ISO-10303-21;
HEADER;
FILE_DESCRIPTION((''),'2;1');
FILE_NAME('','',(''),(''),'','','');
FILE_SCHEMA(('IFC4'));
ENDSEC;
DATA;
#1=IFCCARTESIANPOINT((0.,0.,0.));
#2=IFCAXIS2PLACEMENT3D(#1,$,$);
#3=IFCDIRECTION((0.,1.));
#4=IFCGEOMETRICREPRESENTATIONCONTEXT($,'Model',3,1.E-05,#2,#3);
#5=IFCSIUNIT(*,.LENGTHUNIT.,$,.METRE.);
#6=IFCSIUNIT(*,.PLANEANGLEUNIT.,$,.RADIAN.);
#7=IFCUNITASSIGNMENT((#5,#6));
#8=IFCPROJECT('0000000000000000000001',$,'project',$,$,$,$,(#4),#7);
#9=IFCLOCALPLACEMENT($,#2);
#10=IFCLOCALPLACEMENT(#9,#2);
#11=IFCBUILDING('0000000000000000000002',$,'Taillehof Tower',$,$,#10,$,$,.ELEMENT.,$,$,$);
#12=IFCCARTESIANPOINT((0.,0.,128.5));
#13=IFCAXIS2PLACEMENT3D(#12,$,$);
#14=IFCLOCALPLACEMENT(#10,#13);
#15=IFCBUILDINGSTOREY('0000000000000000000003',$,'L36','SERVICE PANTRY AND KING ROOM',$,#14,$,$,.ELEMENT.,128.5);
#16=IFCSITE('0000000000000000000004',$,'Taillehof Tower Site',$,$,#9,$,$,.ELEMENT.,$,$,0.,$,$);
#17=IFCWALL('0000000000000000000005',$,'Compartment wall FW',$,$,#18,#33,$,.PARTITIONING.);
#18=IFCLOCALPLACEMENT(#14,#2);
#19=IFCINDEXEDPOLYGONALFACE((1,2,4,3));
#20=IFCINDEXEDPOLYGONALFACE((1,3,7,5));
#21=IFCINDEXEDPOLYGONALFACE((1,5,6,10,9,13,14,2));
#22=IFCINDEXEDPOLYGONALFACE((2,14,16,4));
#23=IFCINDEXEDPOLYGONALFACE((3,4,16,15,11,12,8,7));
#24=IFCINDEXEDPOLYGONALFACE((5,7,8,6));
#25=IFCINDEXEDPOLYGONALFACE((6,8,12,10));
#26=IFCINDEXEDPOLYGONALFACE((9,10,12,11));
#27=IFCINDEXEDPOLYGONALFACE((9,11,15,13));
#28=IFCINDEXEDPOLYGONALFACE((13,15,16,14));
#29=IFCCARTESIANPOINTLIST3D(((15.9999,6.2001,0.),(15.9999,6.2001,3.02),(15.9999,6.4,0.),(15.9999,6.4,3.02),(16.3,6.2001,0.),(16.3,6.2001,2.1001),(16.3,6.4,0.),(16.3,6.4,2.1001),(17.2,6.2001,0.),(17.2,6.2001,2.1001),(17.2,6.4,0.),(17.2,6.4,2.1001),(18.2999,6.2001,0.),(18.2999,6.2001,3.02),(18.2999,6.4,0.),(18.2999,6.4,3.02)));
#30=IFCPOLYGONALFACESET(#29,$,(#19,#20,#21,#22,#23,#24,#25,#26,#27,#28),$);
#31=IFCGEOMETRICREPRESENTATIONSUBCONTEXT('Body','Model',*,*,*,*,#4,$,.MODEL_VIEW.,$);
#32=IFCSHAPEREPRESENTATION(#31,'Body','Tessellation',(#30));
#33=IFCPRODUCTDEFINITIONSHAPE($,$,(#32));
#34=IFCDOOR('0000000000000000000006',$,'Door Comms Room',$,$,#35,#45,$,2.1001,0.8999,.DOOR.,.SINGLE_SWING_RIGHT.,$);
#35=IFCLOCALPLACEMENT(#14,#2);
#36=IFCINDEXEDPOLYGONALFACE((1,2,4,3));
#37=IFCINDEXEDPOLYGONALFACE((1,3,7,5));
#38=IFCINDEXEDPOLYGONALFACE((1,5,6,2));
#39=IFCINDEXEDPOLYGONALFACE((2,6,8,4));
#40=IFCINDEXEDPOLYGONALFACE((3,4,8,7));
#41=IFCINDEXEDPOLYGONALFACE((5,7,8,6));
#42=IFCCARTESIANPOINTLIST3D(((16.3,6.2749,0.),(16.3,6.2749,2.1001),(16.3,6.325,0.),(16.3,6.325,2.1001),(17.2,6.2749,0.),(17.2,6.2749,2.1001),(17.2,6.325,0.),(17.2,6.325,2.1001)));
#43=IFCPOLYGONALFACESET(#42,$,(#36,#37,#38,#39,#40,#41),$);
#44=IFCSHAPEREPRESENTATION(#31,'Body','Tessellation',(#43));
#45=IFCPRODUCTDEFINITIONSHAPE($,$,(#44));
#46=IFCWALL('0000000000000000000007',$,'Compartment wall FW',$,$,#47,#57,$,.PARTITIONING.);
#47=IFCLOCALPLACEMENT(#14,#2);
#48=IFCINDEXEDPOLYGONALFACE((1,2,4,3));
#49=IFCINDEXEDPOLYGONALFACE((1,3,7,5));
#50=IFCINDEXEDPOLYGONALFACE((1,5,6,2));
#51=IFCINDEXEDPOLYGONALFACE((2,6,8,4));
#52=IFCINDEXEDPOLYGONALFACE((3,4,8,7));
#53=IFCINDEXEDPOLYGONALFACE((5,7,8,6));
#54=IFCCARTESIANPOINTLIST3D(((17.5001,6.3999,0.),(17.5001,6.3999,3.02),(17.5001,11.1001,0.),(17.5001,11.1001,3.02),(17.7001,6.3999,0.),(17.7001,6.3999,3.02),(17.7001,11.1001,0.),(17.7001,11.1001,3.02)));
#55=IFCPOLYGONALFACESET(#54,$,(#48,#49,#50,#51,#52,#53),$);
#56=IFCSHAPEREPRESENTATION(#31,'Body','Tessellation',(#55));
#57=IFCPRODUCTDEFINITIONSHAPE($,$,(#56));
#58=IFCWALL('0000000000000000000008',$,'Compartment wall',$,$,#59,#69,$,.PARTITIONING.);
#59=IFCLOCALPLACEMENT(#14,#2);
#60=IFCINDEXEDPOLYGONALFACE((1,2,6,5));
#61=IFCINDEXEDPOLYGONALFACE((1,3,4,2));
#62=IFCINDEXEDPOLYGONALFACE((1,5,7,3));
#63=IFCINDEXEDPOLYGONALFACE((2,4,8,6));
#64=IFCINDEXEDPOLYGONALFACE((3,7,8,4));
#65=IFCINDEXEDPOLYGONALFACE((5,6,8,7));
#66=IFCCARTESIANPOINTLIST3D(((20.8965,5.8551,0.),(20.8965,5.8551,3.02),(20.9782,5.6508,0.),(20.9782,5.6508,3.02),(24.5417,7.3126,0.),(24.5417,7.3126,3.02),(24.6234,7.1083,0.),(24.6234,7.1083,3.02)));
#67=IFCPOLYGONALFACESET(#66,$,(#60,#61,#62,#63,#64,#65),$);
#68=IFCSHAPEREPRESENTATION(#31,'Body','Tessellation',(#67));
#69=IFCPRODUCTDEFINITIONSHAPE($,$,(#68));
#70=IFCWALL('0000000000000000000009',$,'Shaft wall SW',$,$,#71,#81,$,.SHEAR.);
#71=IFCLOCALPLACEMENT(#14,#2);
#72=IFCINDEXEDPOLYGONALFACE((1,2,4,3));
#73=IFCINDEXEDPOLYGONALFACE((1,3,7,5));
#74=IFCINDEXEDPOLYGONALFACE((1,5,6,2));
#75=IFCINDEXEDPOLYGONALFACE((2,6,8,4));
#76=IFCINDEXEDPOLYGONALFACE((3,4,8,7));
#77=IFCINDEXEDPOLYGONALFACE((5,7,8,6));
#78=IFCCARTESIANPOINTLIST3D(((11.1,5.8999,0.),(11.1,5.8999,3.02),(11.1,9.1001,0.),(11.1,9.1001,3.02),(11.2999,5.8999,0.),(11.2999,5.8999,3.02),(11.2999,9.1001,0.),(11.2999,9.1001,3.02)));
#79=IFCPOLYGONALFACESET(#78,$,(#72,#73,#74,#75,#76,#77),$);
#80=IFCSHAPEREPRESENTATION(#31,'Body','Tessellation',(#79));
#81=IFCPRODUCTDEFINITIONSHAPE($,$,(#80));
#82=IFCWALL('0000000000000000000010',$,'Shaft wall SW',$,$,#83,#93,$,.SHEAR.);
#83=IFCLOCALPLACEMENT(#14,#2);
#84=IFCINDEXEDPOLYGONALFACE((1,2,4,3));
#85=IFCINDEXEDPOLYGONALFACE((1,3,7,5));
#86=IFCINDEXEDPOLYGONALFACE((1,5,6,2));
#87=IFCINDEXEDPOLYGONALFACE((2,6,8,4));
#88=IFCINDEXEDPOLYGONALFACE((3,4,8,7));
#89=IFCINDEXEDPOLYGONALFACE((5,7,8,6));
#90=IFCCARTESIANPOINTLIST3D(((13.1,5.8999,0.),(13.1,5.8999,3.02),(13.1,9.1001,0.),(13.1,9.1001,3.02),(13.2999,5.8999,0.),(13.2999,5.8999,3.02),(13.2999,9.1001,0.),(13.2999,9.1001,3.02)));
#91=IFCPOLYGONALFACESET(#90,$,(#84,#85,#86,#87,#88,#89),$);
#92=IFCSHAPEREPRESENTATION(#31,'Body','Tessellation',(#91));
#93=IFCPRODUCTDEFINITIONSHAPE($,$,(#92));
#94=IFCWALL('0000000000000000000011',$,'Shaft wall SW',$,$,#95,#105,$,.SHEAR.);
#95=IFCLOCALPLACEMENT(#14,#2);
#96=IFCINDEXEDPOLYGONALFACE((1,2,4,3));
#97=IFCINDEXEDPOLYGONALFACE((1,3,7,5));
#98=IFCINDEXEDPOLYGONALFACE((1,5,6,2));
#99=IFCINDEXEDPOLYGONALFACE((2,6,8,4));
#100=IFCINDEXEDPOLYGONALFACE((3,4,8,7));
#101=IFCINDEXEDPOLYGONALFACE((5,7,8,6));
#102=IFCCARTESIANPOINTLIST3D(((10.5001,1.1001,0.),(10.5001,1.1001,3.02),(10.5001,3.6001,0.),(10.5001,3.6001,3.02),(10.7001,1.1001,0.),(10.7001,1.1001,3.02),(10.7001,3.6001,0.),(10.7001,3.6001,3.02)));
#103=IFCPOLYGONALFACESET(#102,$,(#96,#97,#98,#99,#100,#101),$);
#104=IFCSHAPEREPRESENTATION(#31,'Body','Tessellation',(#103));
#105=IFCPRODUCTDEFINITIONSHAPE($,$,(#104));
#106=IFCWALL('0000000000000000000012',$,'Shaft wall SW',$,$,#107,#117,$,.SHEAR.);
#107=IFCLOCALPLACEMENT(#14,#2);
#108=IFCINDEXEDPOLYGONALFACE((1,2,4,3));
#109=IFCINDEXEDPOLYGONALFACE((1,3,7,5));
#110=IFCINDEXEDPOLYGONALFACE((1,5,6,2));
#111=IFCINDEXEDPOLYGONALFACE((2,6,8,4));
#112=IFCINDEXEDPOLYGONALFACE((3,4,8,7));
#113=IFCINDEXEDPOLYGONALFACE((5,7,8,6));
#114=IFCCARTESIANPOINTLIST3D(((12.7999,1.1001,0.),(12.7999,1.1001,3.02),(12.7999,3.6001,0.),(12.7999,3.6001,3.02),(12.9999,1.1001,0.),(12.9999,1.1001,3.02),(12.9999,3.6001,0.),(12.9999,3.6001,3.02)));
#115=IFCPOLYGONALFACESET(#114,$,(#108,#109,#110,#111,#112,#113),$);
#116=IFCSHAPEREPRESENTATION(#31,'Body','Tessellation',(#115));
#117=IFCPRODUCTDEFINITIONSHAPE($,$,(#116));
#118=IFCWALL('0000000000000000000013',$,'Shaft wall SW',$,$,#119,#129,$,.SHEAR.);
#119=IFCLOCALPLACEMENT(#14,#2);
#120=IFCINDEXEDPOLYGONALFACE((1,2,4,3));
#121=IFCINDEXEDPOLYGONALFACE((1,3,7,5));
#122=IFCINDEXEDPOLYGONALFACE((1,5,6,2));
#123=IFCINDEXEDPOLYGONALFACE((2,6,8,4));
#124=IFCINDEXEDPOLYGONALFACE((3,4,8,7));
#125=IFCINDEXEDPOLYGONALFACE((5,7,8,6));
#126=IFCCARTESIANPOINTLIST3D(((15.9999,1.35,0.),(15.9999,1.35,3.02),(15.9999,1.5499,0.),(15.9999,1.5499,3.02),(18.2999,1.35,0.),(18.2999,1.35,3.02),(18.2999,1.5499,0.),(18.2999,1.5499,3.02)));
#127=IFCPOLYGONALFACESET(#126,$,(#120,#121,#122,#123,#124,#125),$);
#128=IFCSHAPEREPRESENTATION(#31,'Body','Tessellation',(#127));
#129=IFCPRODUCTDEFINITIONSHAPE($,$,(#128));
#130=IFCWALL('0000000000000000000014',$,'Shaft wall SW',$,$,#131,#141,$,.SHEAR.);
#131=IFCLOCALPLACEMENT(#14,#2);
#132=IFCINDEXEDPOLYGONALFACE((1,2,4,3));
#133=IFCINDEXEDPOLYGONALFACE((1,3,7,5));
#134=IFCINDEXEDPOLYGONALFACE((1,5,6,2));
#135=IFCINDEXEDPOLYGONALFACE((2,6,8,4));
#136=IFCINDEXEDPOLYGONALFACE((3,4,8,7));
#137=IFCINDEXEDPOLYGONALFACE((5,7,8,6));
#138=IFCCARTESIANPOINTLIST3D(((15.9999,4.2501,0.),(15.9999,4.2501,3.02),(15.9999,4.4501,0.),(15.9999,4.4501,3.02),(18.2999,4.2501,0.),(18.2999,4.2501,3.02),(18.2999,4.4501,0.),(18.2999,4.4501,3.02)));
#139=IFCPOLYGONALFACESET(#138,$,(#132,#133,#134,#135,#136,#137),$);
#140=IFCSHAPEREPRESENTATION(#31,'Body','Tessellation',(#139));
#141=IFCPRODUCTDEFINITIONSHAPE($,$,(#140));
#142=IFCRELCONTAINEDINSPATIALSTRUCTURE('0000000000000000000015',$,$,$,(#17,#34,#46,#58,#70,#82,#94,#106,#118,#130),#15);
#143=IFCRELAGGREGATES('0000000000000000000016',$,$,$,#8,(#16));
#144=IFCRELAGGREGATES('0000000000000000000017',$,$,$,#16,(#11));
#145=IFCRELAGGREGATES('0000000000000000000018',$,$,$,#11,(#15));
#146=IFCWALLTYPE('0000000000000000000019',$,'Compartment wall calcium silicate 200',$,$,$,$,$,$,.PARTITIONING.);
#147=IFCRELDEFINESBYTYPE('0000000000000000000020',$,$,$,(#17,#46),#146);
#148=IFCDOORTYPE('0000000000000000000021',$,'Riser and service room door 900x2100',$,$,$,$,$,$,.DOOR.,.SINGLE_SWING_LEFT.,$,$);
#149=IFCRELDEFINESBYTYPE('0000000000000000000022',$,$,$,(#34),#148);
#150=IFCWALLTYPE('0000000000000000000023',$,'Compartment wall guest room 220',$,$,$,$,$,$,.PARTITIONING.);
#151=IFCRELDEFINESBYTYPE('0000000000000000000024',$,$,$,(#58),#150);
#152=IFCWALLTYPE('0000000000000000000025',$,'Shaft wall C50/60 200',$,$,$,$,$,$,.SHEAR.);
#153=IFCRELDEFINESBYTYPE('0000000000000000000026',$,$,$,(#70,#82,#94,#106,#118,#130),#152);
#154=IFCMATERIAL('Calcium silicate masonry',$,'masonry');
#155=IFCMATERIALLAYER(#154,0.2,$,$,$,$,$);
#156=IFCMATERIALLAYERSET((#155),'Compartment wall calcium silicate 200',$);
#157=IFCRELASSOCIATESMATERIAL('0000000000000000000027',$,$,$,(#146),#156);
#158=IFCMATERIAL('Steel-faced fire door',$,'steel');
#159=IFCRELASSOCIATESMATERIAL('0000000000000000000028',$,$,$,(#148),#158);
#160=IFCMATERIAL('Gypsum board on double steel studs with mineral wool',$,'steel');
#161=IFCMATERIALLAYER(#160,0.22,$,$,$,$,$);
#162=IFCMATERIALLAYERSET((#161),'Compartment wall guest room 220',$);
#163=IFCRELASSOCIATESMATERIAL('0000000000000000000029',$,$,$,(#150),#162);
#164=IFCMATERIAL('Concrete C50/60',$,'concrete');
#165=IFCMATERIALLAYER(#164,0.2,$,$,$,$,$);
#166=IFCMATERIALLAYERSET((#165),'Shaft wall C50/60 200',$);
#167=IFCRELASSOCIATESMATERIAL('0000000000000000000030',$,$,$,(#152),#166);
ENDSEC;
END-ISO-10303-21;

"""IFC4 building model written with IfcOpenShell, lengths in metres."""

from ifc_helpers import new_model, si_unit, direction, frame, frame_2d, origin, place, context, subcontext, project, spatial, rectangle, extrude, material, layer, layer_set, type_object, element, fill, save


model = new_model("IFC4")

# Units and contexts
model_context = context("Model", 3, precision=1e-05, world=origin(), true_north=direction((0.0, 1.0)))
body_context = subcontext(model_context, "Body", "Model", "MODEL_VIEW")
ifc_project = project(units=[si_unit("LENGTHUNIT", "METRE"), si_unit("PLANEANGLEUNIT", "RADIAN")], contexts=[model_context])

# Site, building, storey
site_placement = place(None, origin())
site = spatial("IfcSite", under=ifc_project, at=site_placement, Name="Taillehof Tower Site", CompositionType="ELEMENT", RefElevation=0.0)
building_placement = place(site_placement, origin())
building = spatial("IfcBuilding", under=site, at=building_placement, Name="Taillehof Tower", CompositionType="ELEMENT")
storey_placement = place(building_placement, frame((0.0, 0.0, 128.5)))
storey = spatial("IfcBuildingStorey", under=building, at=storey_placement, Name="L36", Description="SERVICE PANTRY AND KING ROOM", CompositionType="ELEMENT", Elevation=128.5)

# Wall, opening, door
ifc_material_1 = material(Name="Calcium silicate masonry", Category="masonry")
ifc_layer_1 = layer(ifc_material_1, 0.2)
ifc_layer_set_1 = layer_set([ifc_layer_1], Name="Compartment wall calcium silicate 200")
wall_type_1 = type_object("IfcWallType", Name="Compartment wall calcium silicate 200", PredefinedType="PARTITIONING", material=ifc_layer_set_1)
wall_1_placement = place(storey_placement, frame((16.0, 6.3, 0.0), z_axis=(0.0, 0.0, 1.0), x_axis=(1.0, 0.0, 0.0)))
wall_1 = element("IfcWall", 1, at=wall_1_placement, inside=storey, type_object=wall_type_1, Name="Compartment wall FW", PredefinedType="PARTITIONING", context=body_context, shape_type="SweptSolid", body=[
    extrude(rectangle(XDim=2.3, YDim=0.2, at=frame_2d((1.1499, 0.0))), origin(), (0.0, 0.0, 1.0), 3.02),
])
opening_1_placement = place(wall_1_placement, frame((0.3, 0.0, 0.0)))
opening_1 = element("IfcOpeningElement", 2, at=opening_1_placement, cuts=wall_1, PredefinedType="OPENING", context=body_context, shape_type="SweptSolid", body=[
    extrude(rectangle(XDim=0.8999, YDim=2.1001, at=frame_2d((0.45, 1.05))), frame((0.0, 0.1099, 0.0), z_axis=(0.0, -1.0, 0.0), x_axis=(1.0, 0.0, 0.0)), (0.0, 0.0, 1.0), 0.22),
])
ifc_material_2 = material(Name="Steel-faced fire door", Category="steel")
door_type = type_object("IfcDoorType", Name="Riser and service room door 900x2100", OperationType="SINGLE_SWING_LEFT", PredefinedType="DOOR", material=ifc_material_2)
door_placement = place(opening_1_placement, origin())
door = element("IfcDoor", 3, at=door_placement, inside=storey, type_object=door_type, Name="Door Comms Room", OperationType="SINGLE_SWING_RIGHT", OverallHeight=2.1001, OverallWidth=0.8999, PredefinedType="DOOR", context=body_context, shape_type="SweptSolid", body=[
    extrude(rectangle(XDim=0.8999, YDim=2.1001, at=frame_2d((0.45, 1.05))), frame((0.0, 0.0249, 0.0), z_axis=(0.0, -1.0, 0.0), x_axis=(1.0, 0.0, 0.0)), (0.0, 0.0, 1.0), 0.05),
])
fill(opening_1, door)

# Walls
wall_2_placement = place(storey_placement, frame((17.6001, 6.3999, 0.0), z_axis=(0.0, 0.0, 1.0), x_axis=(0.0, 1.0, 0.0)))
element("IfcWall", 4, at=wall_2_placement, inside=storey, type_object=wall_type_1, Name="Compartment wall FW", PredefinedType="PARTITIONING", context=body_context, shape_type="SweptSolid", body=[
    extrude(rectangle(XDim=4.7002, YDim=0.2, at=frame_2d((2.3501, 0.0))), origin(), (0.0, 0.0, 1.0), 3.02),
])
ifc_material_3 = material(Name="Gypsum board on double steel studs with mineral wool", Category="steel")
ifc_layer_2 = layer(ifc_material_3, 0.22)
ifc_layer_set_2 = layer_set([ifc_layer_2], Name="Compartment wall guest room 220")
wall_type_2 = type_object("IfcWallType", Name="Compartment wall guest room 220", PredefinedType="PARTITIONING", material=ifc_layer_set_2)
wall_3_placement = place(storey_placement, frame((24.5825, 7.2104, 0.0), z_axis=(0.0, 0.0, 1.0), x_axis=(-0.928528, -0.371262, 0.0)))
element("IfcWall", 5, at=wall_3_placement, inside=storey, type_object=wall_type_2, Name="Compartment wall", PredefinedType="PARTITIONING", context=body_context, shape_type="SweptSolid", body=[
    extrude(rectangle(XDim=3.9258, YDim=0.22, at=frame_2d((1.9629, 0.0))), origin(), (0.0, 0.0, 1.0), 3.02),
])
ifc_material_4 = material(Name="Concrete C50/60", Category="concrete")
ifc_layer_3 = layer(ifc_material_4, 0.2)
ifc_layer_set_3 = layer_set([ifc_layer_3], Name="Shaft wall C50/60 200")
wall_type_3 = type_object("IfcWallType", Name="Shaft wall C50/60 200", PredefinedType="SHEAR", material=ifc_layer_set_3)
for number, where, z_axis, x_axis, name in (
    (6, (11.2, 5.8999, 0.0), (0.0, 0.0, 1.0), (0.0, 1.0, 0.0), "Shaft wall SW"),
    (7, (13.2, 5.8999, 0.0), (0.0, 0.0, 1.0), (0.0, 1.0, 0.0), "Shaft wall SW"),
):
    element("IfcWall", number, at=place(storey_placement, frame(where, z_axis=z_axis, x_axis=x_axis)), inside=storey, type_object=wall_type_3, Name=name, PredefinedType="SHEAR", context=body_context, shape_type="SweptSolid", body=[
        extrude(rectangle(XDim=3.2002, YDim=0.2, at=frame_2d((1.6001, 0.0))), origin(), (0.0, 0.0, 1.0), 3.02),
    ])
for number, where, z_axis, x_axis, name in (
    (8, (10.6001, 1.1001, 0.0), (0.0, 0.0, 1.0), (0.0, 1.0, 0.0), "Shaft wall SW"),
    (9, (12.8999, 1.1001, 0.0), (0.0, 0.0, 1.0), (0.0, 1.0, 0.0), "Shaft wall SW"),
):
    element("IfcWall", number, at=place(storey_placement, frame(where, z_axis=z_axis, x_axis=x_axis)), inside=storey, type_object=wall_type_3, Name=name, PredefinedType="SHEAR", context=body_context, shape_type="SweptSolid", body=[
        extrude(rectangle(XDim=2.5, YDim=0.2, at=frame_2d((1.25, 0.0))), origin(), (0.0, 0.0, 1.0), 3.02),
    ])
for number, where, z_axis, x_axis, name in (
    (10, (16.0, 1.45, 0.0), (0.0, 0.0, 1.0), (1.0, 0.0, 0.0), "Shaft wall SW"),
    (11, (16.0, 4.3501, 0.0), (0.0, 0.0, 1.0), (1.0, 0.0, 0.0), "Shaft wall SW"),
):
    element("IfcWall", number, at=place(storey_placement, frame(where, z_axis=z_axis, x_axis=x_axis)), inside=storey, type_object=wall_type_3, Name=name, PredefinedType="SHEAR", context=body_context, shape_type="SweptSolid", body=[
        extrude(rectangle(XDim=2.3, YDim=0.2, at=frame_2d((1.1499, 0.0))), origin(), (0.0, 0.0, 1.0), 3.02),
    ])

save(model, "model.ifc")
